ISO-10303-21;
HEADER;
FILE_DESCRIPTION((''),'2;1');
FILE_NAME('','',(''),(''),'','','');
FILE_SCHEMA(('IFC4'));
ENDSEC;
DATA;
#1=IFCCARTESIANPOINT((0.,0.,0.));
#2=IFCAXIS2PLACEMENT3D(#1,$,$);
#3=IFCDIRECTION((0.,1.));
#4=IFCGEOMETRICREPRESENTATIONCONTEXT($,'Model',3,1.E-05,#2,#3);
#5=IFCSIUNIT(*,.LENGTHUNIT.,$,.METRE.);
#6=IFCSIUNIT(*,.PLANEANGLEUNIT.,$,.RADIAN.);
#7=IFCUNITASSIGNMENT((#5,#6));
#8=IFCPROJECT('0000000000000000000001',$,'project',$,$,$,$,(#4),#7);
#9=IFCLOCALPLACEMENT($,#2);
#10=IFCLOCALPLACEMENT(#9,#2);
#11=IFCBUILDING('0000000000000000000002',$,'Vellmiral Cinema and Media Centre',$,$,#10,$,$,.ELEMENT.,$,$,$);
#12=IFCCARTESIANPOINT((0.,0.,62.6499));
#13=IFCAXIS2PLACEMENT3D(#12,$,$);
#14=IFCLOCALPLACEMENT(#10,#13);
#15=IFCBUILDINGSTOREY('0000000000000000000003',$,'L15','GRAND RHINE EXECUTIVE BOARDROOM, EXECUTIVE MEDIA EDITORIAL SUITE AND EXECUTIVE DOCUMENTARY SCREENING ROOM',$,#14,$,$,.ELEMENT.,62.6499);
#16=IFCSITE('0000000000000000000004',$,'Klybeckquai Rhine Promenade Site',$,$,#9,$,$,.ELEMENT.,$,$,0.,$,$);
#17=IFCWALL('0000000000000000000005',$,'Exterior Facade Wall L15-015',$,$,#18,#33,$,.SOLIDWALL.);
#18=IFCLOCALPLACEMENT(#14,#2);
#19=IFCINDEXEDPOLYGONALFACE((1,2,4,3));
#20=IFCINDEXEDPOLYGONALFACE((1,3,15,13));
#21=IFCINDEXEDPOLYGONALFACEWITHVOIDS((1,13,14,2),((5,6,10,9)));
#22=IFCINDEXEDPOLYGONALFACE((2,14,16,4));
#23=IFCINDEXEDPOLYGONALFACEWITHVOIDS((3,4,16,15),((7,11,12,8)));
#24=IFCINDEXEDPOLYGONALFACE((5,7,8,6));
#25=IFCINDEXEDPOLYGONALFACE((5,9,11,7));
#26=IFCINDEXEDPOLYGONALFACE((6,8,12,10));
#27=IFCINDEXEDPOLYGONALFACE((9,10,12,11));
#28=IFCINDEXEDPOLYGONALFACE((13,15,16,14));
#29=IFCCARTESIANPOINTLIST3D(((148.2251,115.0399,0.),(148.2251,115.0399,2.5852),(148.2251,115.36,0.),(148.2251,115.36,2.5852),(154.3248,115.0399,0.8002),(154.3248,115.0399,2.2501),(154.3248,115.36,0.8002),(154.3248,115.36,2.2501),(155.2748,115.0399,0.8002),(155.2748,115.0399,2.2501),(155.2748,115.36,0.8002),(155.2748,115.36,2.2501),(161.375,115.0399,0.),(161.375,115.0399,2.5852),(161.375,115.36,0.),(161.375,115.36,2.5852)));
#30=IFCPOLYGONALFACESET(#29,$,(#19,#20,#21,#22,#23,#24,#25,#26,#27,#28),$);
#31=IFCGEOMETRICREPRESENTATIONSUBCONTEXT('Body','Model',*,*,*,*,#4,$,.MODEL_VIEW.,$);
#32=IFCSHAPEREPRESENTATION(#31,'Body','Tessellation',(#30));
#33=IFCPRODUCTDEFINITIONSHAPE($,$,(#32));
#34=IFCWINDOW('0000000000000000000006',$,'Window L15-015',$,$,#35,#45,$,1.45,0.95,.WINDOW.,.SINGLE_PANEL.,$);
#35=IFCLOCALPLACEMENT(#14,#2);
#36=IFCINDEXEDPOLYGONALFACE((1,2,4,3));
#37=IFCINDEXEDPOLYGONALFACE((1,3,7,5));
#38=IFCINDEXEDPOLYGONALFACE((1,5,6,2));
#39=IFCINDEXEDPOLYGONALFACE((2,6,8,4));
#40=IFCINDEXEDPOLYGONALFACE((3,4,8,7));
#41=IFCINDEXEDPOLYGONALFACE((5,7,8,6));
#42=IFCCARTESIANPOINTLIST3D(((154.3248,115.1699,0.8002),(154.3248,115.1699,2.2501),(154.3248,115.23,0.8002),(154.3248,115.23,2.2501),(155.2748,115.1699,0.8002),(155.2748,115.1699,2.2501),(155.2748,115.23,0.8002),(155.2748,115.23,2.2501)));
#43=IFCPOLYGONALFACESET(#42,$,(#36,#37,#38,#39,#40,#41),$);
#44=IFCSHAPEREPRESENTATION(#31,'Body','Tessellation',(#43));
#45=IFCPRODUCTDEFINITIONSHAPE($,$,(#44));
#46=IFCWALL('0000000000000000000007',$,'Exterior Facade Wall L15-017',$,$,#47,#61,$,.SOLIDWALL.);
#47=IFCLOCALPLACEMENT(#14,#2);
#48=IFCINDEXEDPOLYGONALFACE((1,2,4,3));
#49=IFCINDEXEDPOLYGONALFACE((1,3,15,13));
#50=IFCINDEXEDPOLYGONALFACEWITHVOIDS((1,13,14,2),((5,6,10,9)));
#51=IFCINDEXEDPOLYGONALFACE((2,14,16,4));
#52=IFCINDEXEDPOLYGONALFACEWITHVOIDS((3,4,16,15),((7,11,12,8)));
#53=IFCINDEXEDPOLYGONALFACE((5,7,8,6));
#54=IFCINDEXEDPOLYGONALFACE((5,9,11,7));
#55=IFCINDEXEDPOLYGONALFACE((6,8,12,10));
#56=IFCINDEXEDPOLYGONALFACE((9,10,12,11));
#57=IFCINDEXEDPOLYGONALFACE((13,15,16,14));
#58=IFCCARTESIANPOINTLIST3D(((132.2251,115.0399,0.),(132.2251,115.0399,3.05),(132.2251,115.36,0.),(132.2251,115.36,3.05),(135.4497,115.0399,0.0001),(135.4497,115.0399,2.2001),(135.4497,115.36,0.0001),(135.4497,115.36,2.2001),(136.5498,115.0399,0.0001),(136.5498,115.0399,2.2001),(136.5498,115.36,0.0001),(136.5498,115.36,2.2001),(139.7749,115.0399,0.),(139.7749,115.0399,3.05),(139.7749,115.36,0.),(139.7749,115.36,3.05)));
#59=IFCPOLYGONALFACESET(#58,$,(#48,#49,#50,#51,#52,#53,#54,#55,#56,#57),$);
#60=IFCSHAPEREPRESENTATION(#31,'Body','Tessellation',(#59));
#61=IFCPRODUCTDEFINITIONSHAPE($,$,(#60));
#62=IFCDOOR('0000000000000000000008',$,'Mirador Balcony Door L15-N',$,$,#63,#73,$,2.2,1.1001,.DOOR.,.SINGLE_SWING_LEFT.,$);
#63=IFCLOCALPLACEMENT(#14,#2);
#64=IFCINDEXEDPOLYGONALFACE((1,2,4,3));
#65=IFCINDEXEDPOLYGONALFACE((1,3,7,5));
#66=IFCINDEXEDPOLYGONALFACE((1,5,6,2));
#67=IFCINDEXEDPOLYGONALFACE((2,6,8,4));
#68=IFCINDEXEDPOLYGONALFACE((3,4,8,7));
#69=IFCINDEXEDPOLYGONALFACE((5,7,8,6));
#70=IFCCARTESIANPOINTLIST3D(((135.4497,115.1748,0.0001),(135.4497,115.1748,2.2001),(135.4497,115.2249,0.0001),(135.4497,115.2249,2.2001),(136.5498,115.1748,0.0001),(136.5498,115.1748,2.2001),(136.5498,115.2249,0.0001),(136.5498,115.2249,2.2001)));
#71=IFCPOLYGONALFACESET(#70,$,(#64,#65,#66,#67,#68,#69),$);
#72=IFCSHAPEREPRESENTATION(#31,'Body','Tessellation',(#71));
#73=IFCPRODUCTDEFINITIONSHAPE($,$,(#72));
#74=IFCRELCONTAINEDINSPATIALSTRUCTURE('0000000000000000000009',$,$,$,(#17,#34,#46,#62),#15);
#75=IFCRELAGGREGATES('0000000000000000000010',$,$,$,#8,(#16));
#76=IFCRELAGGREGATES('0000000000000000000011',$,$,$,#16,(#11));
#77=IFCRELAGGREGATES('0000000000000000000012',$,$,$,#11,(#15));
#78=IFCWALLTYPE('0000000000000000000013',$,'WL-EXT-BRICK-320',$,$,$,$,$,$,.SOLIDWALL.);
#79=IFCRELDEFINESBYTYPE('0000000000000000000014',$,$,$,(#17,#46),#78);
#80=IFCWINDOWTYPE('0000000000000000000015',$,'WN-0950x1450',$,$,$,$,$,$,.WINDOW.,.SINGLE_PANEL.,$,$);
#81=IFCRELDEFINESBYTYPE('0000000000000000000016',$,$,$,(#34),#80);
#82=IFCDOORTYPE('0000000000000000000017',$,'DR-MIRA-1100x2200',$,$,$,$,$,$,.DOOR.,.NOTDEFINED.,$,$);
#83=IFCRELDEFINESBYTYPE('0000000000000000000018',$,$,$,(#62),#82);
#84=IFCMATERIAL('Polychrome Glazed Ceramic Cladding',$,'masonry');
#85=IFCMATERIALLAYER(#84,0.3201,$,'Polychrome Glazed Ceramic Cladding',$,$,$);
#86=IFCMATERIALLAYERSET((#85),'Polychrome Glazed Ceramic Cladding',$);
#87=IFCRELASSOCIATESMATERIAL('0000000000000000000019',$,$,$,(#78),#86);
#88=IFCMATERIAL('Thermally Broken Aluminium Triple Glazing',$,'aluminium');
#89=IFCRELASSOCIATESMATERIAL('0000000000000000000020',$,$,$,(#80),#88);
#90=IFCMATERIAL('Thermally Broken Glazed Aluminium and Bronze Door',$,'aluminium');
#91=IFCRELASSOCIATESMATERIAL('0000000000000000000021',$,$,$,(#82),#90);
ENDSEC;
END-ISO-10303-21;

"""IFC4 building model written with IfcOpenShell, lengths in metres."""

from ifc_helpers import new_model, si_unit, direction, frame, frame_2d, origin, place, context, subcontext, project, spatial, rectangle, extrude, material, layer, layer_set, type_object, element, fill, save


model = new_model("IFC4")

# Units and contexts
model_context = context("Model", 3, precision=1e-05, world=origin(), true_north=direction((0.0, 1.0)))
body_context = subcontext(model_context, "Body", "Model", "MODEL_VIEW")
ifc_project = project(units=[si_unit("LENGTHUNIT", "METRE"), si_unit("PLANEANGLEUNIT", "RADIAN")], contexts=[model_context])

# Site, building, storey
site_placement = place(None, origin())
site = spatial("IfcSite", under=ifc_project, at=site_placement, Name="Klybeckquai Rhine Promenade Site", CompositionType="ELEMENT", RefElevation=0.0)
building_placement = place(site_placement, origin())
building = spatial("IfcBuilding", under=site, at=building_placement, Name="Vellmiral Cinema and Media Centre", CompositionType="ELEMENT")
storey_placement = place(building_placement, frame((0.0, 0.0, 62.6499)))
storey = spatial("IfcBuildingStorey", under=building, at=storey_placement, Name="L15", Description="GRAND RHINE EXECUTIVE BOARDROOM, EXECUTIVE MEDIA EDITORIAL SUITE AND EXECUTIVE DOCUMENTARY SCREENING ROOM", CompositionType="ELEMENT", Elevation=62.6499)

# Wall, opening, window
ifc_material_1 = material(Name="Polychrome Glazed Ceramic Cladding", Category="masonry")
ifc_layer_1 = layer(ifc_material_1, 0.3201, Name="Polychrome Glazed Ceramic Cladding")
ifc_layer_set_1 = layer_set([ifc_layer_1], Name="Polychrome Glazed Ceramic Cladding")
wall_type = type_object("IfcWallType", Name="WL-EXT-BRICK-320", PredefinedType="SOLIDWALL", material=ifc_layer_set_1)
wall_1_placement = place(storey_placement, frame((161.375, 115.2, 0.0), z_axis=(0.0, 0.0, 1.0), x_axis=(-1.0, 0.0, 0.0)))
wall_1 = element("IfcWall", 1, at=wall_1_placement, inside=storey, type_object=wall_type, Name="Exterior Facade Wall L15-015", PredefinedType="SOLIDWALL", context=body_context, shape_type="SweptSolid", body=[
    extrude(rectangle(XDim=13.1499, YDim=0.3201, at=frame_2d((6.575, 0.0))), origin(), (0.0, 0.0, 1.0), 2.5852),
])
opening_1_placement = place(wall_1_placement, frame((6.1001, 0.0, 0.8)))
opening_1 = element("IfcOpeningElement", 2, at=opening_1_placement, cuts=wall_1, PredefinedType="OPENING", context=body_context, shape_type="SweptSolid", body=[
    extrude(rectangle(XDim=0.95, YDim=1.45, at=frame_2d((0.4751, 0.7251))), frame((0.0, 0.1719, 0.0), z_axis=(0.0, -1.0, 0.0), x_axis=(1.0, 0.0, 0.0)), (0.0, 0.0, 1.0), 0.344),
])
ifc_material_2 = material(Name="Thermally Broken Aluminium Triple Glazing", Category="aluminium")
window_type = type_object("IfcWindowType", Name="WN-0950x1450", PartitioningType="SINGLE_PANEL", PredefinedType="WINDOW", material=ifc_material_2)
window_placement = place(opening_1_placement, origin())
window = element("IfcWindow", 3, at=window_placement, inside=storey, type_object=window_type, Name="Window L15-015", OverallHeight=1.45, OverallWidth=0.95, PartitioningType="SINGLE_PANEL", PredefinedType="WINDOW", context=body_context, shape_type="SweptSolid", body=[
    extrude(rectangle(XDim=0.95, YDim=1.45, at=frame_2d((0.4751, 0.7251))), frame((0.0, 0.03, 0.0), z_axis=(0.0, -1.0, 0.0), x_axis=(1.0, 0.0, 0.0)), (0.0, 0.0, 1.0), 0.0601),
])
fill(opening_1, window)

# Wall, opening, door
wall_2_placement = place(storey_placement, frame((139.7749, 115.2, 0.0), z_axis=(0.0, 0.0, 1.0), x_axis=(-1.0, 0.0, 0.0)))
wall_2 = element("IfcWall", 4, at=wall_2_placement, inside=storey, type_object=wall_type, Name="Exterior Facade Wall L15-017", PredefinedType="SOLIDWALL", context=body_context, shape_type="SweptSolid", body=[
    extrude(rectangle(XDim=7.5498, YDim=0.3201, at=frame_2d((3.7749, 0.0))), origin(), (0.0, 0.0, 1.0), 3.05),
])
opening_2_placement = place(wall_2_placement, frame((3.2251, 0.0, 0.0)))
opening_2 = element("IfcOpeningElement", 5, at=opening_2_placement, cuts=wall_2, PredefinedType="OPENING", context=body_context, shape_type="SweptSolid", body=[
    extrude(rectangle(XDim=1.1001, YDim=2.2, at=frame_2d((0.55, 1.1001))), frame((0.0, 0.1719, 0.0), z_axis=(0.0, -1.0, 0.0), x_axis=(1.0, 0.0, 0.0)), (0.0, 0.0, 1.0), 0.344),
])
ifc_material_3 = material(Name="Thermally Broken Glazed Aluminium and Bronze Door", Category="aluminium")
door_type = type_object("IfcDoorType", Name="DR-MIRA-1100x2200", OperationType="NOTDEFINED", PredefinedType="DOOR", material=ifc_material_3)
door_placement = place(opening_2_placement, frame((1.1001, 0.0, 0.0), z_axis=(0.0, 0.0, 1.0), x_axis=(-1.0, 0.0, 0.0)))
door = element("IfcDoor", 6, at=door_placement, inside=storey, type_object=door_type, Name="Mirador Balcony Door L15-N", OperationType="SINGLE_SWING_LEFT", OverallHeight=2.2, OverallWidth=1.1001, PredefinedType="DOOR", context=body_context, shape_type="SweptSolid", body=[
    extrude(rectangle(XDim=1.1001, YDim=2.2, at=frame_2d((0.55, 1.1001))), frame((0.0, 0.0249, 0.0), z_axis=(0.0, -1.0, 0.0), x_axis=(1.0, 0.0, 0.0)), (0.0, 0.0, 1.0), 0.05),
])
fill(opening_2, door)

save(model, "model.ifc")
